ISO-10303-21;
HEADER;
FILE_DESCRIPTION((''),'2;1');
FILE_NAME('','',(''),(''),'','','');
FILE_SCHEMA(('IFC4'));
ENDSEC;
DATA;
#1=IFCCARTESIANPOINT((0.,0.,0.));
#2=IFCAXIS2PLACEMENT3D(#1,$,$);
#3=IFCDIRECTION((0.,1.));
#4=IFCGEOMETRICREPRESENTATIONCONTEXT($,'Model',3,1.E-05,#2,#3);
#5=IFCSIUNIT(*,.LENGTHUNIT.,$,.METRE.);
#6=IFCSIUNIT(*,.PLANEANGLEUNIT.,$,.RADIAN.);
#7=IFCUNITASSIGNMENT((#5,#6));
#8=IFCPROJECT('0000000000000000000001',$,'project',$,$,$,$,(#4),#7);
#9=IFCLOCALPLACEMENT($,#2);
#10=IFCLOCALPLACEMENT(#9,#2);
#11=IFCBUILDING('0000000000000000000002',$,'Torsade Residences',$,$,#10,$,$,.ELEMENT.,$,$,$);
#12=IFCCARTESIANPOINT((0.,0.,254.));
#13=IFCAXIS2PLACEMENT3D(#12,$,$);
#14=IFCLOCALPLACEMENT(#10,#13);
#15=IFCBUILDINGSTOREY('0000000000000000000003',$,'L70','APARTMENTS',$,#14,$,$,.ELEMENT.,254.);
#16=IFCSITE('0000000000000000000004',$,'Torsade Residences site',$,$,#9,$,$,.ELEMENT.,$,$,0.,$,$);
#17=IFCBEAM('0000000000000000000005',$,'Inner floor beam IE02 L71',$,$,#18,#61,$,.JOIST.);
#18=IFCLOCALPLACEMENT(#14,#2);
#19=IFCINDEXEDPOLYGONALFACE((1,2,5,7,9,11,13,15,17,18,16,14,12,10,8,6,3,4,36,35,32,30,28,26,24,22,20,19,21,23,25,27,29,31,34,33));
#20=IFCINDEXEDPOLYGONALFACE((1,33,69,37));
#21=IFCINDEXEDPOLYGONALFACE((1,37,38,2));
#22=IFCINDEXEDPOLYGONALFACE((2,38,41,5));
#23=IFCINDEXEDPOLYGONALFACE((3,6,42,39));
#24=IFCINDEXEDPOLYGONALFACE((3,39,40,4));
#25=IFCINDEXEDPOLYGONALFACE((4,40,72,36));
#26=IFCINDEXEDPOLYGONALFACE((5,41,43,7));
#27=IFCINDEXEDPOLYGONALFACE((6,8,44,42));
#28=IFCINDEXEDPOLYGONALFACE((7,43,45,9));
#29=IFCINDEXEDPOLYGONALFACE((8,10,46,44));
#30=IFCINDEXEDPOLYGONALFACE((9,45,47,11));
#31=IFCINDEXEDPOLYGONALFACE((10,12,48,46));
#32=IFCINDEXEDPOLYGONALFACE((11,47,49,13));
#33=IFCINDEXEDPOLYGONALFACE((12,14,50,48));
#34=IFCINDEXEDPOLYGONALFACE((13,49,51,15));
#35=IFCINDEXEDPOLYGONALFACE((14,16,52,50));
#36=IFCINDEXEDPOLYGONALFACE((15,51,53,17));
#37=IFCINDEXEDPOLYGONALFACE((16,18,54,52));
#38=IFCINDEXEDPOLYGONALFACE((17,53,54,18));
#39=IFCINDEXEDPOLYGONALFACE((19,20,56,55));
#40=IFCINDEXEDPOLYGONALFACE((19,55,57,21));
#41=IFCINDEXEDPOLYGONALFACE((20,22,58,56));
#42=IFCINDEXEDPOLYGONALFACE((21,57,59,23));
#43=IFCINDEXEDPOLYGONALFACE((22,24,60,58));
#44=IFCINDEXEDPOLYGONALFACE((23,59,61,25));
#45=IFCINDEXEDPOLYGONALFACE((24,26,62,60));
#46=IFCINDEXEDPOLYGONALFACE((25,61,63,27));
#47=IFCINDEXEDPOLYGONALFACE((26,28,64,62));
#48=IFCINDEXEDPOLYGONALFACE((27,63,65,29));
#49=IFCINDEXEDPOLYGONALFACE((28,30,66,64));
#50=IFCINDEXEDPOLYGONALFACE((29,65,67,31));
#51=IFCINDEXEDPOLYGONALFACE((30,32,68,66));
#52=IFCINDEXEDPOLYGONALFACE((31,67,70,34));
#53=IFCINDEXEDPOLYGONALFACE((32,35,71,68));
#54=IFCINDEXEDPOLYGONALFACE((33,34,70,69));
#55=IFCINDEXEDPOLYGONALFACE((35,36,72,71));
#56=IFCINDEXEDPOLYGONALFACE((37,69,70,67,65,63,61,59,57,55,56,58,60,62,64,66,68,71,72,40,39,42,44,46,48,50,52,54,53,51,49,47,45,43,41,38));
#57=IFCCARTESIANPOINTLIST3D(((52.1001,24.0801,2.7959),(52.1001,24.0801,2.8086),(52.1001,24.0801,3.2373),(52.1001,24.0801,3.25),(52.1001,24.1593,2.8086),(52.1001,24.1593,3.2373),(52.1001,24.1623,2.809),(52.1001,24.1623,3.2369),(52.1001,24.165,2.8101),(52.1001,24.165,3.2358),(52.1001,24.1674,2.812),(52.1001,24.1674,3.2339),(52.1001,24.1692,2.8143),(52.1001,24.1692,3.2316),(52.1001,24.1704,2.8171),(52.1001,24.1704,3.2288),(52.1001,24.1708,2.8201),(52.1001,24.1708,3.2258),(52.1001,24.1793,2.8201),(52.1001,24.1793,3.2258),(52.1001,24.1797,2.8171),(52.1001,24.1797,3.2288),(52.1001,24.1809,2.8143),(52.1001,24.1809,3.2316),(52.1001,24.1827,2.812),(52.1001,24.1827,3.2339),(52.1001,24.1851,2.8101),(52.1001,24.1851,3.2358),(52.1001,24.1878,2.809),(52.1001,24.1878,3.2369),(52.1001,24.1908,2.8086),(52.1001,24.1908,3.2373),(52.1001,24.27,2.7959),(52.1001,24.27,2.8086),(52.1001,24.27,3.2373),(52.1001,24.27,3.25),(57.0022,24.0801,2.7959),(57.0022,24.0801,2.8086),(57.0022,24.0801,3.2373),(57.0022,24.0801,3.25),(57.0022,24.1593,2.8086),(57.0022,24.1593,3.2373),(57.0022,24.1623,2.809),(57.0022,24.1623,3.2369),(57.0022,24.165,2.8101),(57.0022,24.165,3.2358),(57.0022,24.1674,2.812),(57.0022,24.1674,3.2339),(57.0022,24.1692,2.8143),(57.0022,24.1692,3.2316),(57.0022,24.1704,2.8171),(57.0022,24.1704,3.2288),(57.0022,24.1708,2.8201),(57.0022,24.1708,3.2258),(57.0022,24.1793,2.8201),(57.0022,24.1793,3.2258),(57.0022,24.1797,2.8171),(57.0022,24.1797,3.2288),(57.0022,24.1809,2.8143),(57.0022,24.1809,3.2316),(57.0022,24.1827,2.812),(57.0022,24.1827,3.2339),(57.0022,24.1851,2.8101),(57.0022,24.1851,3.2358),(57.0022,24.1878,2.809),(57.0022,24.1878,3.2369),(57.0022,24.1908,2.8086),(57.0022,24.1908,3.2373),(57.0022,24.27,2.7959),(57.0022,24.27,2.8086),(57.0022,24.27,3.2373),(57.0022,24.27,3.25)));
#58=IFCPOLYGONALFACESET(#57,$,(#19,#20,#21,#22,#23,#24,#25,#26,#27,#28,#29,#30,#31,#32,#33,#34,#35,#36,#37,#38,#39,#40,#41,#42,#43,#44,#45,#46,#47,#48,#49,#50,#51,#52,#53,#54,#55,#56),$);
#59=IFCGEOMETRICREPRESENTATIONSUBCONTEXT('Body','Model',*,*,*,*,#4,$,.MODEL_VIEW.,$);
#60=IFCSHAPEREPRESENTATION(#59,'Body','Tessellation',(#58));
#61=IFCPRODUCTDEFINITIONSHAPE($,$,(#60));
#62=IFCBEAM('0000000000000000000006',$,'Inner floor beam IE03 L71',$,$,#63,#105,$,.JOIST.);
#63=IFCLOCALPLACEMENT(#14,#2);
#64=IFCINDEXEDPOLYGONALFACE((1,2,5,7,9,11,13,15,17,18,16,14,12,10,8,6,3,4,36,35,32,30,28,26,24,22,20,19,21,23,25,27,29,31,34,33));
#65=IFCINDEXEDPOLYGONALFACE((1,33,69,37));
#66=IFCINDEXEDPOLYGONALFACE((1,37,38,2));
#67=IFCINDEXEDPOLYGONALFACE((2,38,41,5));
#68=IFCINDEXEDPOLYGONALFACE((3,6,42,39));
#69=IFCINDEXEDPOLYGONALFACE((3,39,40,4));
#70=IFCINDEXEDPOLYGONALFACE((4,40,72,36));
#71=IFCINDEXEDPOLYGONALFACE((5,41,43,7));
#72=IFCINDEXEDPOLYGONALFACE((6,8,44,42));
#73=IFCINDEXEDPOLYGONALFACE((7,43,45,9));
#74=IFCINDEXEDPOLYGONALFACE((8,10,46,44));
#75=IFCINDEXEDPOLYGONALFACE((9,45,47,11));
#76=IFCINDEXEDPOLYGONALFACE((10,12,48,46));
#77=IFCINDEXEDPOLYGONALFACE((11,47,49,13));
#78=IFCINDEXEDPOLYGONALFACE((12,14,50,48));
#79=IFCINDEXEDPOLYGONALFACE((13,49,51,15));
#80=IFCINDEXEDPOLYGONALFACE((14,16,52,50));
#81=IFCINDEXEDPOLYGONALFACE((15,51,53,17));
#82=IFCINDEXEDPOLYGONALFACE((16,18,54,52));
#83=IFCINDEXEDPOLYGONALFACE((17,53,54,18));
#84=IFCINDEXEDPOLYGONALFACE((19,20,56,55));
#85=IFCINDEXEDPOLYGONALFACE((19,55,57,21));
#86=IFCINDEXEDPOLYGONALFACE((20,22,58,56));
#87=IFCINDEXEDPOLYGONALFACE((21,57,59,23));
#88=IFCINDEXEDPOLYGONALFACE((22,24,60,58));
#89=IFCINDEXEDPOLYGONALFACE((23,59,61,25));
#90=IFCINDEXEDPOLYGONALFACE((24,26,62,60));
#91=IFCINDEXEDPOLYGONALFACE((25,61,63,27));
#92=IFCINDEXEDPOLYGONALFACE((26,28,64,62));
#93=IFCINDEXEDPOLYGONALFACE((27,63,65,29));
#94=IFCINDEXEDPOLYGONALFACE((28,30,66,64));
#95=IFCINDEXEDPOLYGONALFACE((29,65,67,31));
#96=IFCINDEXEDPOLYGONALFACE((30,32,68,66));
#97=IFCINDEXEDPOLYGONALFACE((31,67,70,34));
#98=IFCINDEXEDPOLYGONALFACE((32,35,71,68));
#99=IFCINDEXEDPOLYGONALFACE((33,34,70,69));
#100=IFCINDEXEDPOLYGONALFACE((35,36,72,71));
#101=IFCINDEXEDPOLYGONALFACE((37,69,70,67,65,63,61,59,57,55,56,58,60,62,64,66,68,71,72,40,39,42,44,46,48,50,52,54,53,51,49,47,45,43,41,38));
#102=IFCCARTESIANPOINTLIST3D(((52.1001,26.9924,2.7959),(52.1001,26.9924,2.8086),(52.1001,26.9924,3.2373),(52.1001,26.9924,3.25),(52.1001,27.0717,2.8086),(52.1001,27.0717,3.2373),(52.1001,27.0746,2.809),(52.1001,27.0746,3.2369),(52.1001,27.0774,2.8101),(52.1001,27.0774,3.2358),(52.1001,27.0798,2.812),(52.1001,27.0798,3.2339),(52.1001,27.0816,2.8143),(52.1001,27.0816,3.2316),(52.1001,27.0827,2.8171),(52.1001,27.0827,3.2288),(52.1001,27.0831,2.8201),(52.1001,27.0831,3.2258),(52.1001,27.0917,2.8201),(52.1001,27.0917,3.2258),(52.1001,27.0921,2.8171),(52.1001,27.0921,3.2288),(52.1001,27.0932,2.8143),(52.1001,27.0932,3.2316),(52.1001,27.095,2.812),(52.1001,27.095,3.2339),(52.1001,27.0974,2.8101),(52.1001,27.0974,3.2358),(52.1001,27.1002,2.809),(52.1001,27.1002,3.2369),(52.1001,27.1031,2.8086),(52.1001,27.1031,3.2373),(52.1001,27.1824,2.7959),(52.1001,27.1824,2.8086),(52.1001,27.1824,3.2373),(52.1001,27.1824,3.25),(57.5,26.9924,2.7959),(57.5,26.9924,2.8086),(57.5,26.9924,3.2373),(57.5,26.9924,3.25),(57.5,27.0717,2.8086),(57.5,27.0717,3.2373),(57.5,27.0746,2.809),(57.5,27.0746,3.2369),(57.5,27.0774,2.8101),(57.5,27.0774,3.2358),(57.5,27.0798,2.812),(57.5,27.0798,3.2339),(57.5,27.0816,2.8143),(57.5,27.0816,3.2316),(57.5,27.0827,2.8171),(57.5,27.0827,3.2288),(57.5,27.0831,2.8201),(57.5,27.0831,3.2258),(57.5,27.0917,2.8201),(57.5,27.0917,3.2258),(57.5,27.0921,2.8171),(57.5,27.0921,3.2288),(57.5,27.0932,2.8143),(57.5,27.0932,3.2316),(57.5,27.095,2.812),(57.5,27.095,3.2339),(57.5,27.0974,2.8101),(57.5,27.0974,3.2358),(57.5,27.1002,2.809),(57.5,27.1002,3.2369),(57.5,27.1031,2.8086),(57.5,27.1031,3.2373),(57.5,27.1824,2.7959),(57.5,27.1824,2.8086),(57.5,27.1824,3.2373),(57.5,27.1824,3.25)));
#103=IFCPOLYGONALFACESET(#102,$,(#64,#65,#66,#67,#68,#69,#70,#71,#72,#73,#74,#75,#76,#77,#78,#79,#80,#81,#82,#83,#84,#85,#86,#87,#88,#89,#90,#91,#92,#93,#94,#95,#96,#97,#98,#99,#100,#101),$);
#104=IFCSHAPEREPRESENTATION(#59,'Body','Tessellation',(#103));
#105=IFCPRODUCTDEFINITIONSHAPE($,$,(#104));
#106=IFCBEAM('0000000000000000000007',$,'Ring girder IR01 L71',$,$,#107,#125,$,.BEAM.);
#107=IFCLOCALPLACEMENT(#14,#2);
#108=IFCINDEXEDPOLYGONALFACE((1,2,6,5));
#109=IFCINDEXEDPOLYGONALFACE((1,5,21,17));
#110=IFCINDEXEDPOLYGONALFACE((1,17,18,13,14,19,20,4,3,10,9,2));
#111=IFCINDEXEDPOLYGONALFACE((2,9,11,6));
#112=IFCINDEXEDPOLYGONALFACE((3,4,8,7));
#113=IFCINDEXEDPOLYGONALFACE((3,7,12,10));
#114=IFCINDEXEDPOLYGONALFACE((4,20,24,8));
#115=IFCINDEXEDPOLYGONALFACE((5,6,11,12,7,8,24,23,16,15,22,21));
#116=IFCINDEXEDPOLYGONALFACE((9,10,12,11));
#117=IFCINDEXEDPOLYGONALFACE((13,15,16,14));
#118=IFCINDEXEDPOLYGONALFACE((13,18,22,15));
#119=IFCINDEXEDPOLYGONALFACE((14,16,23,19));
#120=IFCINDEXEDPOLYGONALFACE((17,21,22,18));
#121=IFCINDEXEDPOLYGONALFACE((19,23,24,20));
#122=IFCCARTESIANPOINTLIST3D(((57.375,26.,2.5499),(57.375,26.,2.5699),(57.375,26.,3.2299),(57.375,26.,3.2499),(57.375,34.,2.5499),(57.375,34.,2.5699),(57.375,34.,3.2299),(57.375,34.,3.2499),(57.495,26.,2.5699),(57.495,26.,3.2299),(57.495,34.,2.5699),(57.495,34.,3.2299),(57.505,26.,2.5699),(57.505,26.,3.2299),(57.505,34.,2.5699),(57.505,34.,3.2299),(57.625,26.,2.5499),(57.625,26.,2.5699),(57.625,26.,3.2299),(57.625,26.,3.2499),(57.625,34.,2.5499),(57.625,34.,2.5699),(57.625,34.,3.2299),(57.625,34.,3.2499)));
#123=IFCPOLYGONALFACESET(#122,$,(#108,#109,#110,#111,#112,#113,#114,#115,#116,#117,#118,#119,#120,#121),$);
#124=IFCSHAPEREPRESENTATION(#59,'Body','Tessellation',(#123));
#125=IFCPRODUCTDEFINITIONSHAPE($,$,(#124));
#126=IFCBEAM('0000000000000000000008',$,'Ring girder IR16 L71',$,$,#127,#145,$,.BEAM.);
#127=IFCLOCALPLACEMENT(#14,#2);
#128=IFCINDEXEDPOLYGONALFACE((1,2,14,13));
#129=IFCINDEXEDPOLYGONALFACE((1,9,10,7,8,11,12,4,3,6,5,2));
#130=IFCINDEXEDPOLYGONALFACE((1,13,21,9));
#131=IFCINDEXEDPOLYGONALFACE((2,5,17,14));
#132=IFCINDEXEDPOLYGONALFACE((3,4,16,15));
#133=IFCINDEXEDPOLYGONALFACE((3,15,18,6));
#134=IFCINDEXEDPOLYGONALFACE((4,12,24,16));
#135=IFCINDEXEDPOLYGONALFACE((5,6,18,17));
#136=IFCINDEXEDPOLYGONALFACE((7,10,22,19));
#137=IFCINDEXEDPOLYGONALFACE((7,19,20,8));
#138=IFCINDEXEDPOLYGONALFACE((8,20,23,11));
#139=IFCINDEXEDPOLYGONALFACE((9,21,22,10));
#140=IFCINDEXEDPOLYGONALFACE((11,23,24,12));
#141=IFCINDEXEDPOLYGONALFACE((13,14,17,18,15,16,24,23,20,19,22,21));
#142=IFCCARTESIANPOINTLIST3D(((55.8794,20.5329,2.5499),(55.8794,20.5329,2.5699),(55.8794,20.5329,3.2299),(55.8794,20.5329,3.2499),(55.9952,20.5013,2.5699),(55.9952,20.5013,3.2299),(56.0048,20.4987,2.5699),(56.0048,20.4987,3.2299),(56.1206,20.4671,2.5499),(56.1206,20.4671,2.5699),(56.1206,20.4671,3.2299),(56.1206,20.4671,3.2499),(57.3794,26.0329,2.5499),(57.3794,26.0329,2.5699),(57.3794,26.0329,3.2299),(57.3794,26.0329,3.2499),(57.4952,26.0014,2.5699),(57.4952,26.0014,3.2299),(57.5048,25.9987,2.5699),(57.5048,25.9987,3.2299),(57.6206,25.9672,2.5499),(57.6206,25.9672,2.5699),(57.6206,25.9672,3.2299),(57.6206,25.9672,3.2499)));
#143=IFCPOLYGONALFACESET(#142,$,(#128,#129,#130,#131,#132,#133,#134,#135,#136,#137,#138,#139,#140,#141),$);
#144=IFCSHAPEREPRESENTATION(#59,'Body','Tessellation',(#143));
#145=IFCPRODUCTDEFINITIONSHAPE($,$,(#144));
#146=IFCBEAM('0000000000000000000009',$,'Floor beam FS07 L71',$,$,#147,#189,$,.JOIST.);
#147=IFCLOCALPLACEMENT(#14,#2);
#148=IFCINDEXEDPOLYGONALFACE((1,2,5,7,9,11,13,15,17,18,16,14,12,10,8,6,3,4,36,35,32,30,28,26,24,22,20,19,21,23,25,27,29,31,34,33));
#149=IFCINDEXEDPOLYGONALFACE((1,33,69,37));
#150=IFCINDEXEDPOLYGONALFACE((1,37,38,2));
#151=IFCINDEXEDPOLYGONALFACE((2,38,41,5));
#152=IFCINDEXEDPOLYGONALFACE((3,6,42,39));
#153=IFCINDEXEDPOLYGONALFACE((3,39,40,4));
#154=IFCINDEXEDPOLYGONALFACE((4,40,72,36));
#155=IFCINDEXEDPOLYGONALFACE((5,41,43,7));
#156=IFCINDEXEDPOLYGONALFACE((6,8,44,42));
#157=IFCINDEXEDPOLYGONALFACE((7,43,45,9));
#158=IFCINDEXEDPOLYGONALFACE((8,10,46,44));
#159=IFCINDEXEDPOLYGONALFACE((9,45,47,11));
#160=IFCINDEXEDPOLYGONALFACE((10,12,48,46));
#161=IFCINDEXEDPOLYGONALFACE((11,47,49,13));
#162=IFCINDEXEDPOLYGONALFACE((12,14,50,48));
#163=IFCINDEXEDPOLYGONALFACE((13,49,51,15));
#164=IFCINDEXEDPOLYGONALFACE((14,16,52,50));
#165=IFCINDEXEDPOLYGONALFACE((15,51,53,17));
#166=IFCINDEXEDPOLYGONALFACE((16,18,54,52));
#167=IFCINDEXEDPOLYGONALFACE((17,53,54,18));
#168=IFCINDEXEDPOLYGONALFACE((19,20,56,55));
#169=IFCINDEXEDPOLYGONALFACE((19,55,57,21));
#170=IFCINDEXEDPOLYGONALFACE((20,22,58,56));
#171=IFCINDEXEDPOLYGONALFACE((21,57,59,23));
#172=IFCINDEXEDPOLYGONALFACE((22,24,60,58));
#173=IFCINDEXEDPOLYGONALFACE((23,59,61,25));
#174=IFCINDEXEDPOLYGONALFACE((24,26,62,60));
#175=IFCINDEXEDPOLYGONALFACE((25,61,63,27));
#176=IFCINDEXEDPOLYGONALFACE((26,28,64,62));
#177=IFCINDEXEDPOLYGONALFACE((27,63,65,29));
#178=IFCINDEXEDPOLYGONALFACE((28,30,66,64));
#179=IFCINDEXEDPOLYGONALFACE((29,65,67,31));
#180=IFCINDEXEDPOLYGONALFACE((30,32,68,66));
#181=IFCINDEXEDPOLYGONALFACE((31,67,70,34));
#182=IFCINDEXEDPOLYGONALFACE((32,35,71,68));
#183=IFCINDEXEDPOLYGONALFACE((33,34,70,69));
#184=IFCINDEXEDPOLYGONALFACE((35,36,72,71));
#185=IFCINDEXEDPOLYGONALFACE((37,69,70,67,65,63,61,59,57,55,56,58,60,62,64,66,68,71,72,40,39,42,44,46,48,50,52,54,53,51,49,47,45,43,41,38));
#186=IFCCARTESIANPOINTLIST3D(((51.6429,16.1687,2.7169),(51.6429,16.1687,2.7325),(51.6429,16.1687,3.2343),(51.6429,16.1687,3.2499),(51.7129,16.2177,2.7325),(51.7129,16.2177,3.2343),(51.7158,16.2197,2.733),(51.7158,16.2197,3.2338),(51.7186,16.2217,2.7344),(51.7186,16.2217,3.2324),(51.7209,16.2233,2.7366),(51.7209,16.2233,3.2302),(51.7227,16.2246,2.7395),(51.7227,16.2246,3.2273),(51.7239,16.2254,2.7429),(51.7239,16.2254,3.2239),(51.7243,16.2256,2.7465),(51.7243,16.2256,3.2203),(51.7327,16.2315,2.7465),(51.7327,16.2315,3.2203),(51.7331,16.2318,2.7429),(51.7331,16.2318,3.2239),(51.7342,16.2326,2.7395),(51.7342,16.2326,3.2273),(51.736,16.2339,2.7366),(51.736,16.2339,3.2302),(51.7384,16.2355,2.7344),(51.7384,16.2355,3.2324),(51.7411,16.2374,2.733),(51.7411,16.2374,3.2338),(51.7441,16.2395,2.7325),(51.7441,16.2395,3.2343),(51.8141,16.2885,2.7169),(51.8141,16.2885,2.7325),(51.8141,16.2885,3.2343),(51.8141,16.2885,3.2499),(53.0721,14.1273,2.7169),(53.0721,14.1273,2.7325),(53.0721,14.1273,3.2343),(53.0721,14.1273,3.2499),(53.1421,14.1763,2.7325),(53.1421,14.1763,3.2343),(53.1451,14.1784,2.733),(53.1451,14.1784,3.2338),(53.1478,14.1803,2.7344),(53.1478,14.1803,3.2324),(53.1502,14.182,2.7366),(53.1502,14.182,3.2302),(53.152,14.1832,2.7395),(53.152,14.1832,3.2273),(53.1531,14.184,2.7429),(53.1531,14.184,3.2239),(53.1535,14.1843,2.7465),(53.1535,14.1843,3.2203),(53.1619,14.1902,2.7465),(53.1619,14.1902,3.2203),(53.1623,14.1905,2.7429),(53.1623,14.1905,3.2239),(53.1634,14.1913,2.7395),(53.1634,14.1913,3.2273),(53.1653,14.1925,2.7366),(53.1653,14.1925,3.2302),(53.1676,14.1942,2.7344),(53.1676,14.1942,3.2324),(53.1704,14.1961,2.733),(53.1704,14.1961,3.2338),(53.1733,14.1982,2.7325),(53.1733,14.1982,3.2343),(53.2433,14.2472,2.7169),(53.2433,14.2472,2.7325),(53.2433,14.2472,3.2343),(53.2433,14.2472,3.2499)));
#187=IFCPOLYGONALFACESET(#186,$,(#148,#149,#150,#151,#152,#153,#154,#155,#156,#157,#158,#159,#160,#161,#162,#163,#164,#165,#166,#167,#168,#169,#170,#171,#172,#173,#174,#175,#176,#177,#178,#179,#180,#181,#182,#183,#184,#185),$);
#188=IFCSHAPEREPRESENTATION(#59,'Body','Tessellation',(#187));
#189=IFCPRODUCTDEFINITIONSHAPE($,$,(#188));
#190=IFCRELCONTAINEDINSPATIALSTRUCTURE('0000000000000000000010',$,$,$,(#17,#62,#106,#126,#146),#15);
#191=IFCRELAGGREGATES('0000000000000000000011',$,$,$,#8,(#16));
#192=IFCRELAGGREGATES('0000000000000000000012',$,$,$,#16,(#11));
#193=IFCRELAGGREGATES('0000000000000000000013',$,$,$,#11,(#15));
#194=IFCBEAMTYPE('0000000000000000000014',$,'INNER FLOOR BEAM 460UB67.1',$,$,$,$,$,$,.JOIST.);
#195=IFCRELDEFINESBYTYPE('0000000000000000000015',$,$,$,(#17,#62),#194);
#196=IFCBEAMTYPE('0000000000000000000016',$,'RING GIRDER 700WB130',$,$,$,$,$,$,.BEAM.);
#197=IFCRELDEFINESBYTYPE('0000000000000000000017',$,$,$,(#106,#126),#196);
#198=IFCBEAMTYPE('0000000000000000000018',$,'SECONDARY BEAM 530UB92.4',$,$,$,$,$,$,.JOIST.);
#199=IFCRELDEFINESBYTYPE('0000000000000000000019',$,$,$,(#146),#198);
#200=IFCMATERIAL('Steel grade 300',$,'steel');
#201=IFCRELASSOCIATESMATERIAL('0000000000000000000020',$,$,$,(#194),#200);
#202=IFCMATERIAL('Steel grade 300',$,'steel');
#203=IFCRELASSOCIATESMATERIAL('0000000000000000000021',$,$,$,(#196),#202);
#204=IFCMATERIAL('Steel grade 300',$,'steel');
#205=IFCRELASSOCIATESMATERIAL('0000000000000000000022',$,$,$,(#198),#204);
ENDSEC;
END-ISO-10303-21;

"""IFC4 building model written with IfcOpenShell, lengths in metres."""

from ifc_helpers import new_model, si_unit, direction, frame, origin, origin_2d, place, context, subcontext, project, spatial, i_section, extrude, material, material_profile, profile_set, type_object, element, save


model = new_model("IFC4")

# Units and contexts
model_context = context("Model", 3, precision=1e-05, world=origin(), true_north=direction((0.0, 1.0)))
body_context = subcontext(model_context, "Body", "Model", "MODEL_VIEW")
ifc_project = project(units=[si_unit("LENGTHUNIT", "METRE"), si_unit("PLANEANGLEUNIT", "RADIAN")], contexts=[model_context])

# Site, building, storey
site_placement = place(None, origin())
site = spatial("IfcSite", under=ifc_project, at=site_placement, Name="Torsade Residences site", CompositionType="ELEMENT", RefElevation=0.0)
building_placement = place(site_placement, origin())
building = spatial("IfcBuilding", under=site, at=building_placement, Name="Torsade Residences", CompositionType="ELEMENT")
storey_placement = place(building_placement, frame((0.0, 0.0, 254.0)))
storey = spatial("IfcBuildingStorey", under=building, at=storey_placement, Name="L70", Description="APARTMENTS", CompositionType="ELEMENT", Elevation=254.0)

# Beams
ifc_material_1 = material(Name="Steel grade 300", Category="steel")
ifc_material_profile_1 = material_profile(ifc_material_1, i_section(OverallWidth=0.1899, OverallDepth=0.4541, WebThickness=0.0085, FlangeThickness=0.0127, FilletRadius=0.0115, at=origin_2d()), Name="460UB67.1")
ifc_profile_set_1 = profile_set([ifc_material_profile_1], Name="Steel grade 300")
beam_type_1 = type_object("IfcBeamType", Name="INNER FLOOR BEAM 460UB67.1", PredefinedType="JOIST", material=ifc_profile_set_1)
beam_1_placement = place(storey_placement, frame((52.1001, 24.175, 3.0229), z_axis=(1.0, 0.0, 0.0), x_axis=(0.0, 1.0, 0.0)))
element("IfcBeam", 1, at=beam_1_placement, inside=storey, type_object=beam_type_1, Name="Inner floor beam IE02 L71", PredefinedType="JOIST", context=body_context, shape_type="SweptSolid", body=[
    extrude(i_section(OverallWidth=0.1899, OverallDepth=0.4541, WebThickness=0.0085, FlangeThickness=0.0127, FilletRadius=0.0115, at=origin_2d()), origin(), (0.0, 0.0, 1.0), 4.9021),
])
beam_2_placement = place(storey_placement, frame((52.1001, 27.0874, 3.0229), z_axis=(1.0, 0.0, 0.0), x_axis=(0.0, 1.0, 0.0)))
element("IfcBeam", 2, at=beam_2_placement, inside=storey, type_object=beam_type_1, Name="Inner floor beam IE03 L71", PredefinedType="JOIST", context=body_context, shape_type="SweptSolid", body=[
    extrude(i_section(OverallWidth=0.1899, OverallDepth=0.4541, WebThickness=0.0085, FlangeThickness=0.0127, FilletRadius=0.0115, at=origin_2d()), origin(), (0.0, 0.0, 1.0), 5.3999),
])
ifc_material_2 = material(Name="Steel grade 300", Category="steel")
ifc_material_profile_2 = material_profile(ifc_material_2, i_section(OverallWidth=0.25, OverallDepth=0.7, WebThickness=0.01, FlangeThickness=0.02, at=origin_2d()), Name="700WB130")
ifc_profile_set_2 = profile_set([ifc_material_profile_2], Name="Steel grade 300")
beam_type_2 = type_object("IfcBeamType", Name="RING GIRDER 700WB130", PredefinedType="BEAM", material=ifc_profile_set_2)
beam_3_placement = place(storey_placement, frame((57.5, 26.0, 2.8999), z_axis=(0.0, 1.0, 0.0), x_axis=(-1.0, 0.0, 0.0)))
element("IfcBeam", 3, at=beam_3_placement, inside=storey, type_object=beam_type_2, Name="Ring girder IR01 L71", PredefinedType="BEAM", context=body_context, shape_type="SweptSolid", body=[
    extrude(i_section(OverallWidth=0.25, OverallDepth=0.7, WebThickness=0.01, FlangeThickness=0.02, at=origin_2d()), origin(), (0.0, 0.0, 1.0), 8.0),
])
beam_4_placement = place(storey_placement, frame((56.0, 20.5, 2.8999), z_axis=(0.263117, 0.964764, 0.0), x_axis=(-0.964764, 0.263117, 0.0)))
element("IfcBeam", 4, at=beam_4_placement, inside=storey, type_object=beam_type_2, Name="Ring girder IR16 L71", PredefinedType="BEAM", context=body_context, shape_type="SweptSolid", body=[
    extrude(i_section(OverallWidth=0.25, OverallDepth=0.7, WebThickness=0.01, FlangeThickness=0.02, at=origin_2d()), origin(), (0.0, 0.0, 1.0), 5.7009),
])
ifc_material_3 = material(Name="Steel grade 300", Category="steel")
ifc_material_profile_3 = material_profile(ifc_material_3, i_section(OverallWidth=0.209, OverallDepth=0.533, WebThickness=0.0103, FlangeThickness=0.0156, FilletRadius=0.0139, at=origin_2d()), Name="530UB92.4")
ifc_profile_set_3 = profile_set([ifc_material_profile_3], Name="Steel grade 300")
beam_type_3 = type_object("IfcBeamType", Name="SECONDARY BEAM 530UB92.4", PredefinedType="JOIST", material=ifc_profile_set_3)
beam_5_placement = place(storey_placement, frame((53.1577, 14.1873, 2.9834), z_axis=(-0.573548, 0.819172, 0.0), x_axis=(-0.819172, -0.573548, 0.0)))
element("IfcBeam", 5, at=beam_5_placement, inside=storey, type_object=beam_type_3, Name="Floor beam FS07 L71", PredefinedType="JOIST", context=body_context, shape_type="SweptSolid", body=[
    extrude(i_section(OverallWidth=0.209, OverallDepth=0.533, WebThickness=0.0103, FlangeThickness=0.0156, FilletRadius=0.0139, at=origin_2d()), origin(), (0.0, 0.0, 1.0), 2.4919),
])

save(model, "model.ifc")
